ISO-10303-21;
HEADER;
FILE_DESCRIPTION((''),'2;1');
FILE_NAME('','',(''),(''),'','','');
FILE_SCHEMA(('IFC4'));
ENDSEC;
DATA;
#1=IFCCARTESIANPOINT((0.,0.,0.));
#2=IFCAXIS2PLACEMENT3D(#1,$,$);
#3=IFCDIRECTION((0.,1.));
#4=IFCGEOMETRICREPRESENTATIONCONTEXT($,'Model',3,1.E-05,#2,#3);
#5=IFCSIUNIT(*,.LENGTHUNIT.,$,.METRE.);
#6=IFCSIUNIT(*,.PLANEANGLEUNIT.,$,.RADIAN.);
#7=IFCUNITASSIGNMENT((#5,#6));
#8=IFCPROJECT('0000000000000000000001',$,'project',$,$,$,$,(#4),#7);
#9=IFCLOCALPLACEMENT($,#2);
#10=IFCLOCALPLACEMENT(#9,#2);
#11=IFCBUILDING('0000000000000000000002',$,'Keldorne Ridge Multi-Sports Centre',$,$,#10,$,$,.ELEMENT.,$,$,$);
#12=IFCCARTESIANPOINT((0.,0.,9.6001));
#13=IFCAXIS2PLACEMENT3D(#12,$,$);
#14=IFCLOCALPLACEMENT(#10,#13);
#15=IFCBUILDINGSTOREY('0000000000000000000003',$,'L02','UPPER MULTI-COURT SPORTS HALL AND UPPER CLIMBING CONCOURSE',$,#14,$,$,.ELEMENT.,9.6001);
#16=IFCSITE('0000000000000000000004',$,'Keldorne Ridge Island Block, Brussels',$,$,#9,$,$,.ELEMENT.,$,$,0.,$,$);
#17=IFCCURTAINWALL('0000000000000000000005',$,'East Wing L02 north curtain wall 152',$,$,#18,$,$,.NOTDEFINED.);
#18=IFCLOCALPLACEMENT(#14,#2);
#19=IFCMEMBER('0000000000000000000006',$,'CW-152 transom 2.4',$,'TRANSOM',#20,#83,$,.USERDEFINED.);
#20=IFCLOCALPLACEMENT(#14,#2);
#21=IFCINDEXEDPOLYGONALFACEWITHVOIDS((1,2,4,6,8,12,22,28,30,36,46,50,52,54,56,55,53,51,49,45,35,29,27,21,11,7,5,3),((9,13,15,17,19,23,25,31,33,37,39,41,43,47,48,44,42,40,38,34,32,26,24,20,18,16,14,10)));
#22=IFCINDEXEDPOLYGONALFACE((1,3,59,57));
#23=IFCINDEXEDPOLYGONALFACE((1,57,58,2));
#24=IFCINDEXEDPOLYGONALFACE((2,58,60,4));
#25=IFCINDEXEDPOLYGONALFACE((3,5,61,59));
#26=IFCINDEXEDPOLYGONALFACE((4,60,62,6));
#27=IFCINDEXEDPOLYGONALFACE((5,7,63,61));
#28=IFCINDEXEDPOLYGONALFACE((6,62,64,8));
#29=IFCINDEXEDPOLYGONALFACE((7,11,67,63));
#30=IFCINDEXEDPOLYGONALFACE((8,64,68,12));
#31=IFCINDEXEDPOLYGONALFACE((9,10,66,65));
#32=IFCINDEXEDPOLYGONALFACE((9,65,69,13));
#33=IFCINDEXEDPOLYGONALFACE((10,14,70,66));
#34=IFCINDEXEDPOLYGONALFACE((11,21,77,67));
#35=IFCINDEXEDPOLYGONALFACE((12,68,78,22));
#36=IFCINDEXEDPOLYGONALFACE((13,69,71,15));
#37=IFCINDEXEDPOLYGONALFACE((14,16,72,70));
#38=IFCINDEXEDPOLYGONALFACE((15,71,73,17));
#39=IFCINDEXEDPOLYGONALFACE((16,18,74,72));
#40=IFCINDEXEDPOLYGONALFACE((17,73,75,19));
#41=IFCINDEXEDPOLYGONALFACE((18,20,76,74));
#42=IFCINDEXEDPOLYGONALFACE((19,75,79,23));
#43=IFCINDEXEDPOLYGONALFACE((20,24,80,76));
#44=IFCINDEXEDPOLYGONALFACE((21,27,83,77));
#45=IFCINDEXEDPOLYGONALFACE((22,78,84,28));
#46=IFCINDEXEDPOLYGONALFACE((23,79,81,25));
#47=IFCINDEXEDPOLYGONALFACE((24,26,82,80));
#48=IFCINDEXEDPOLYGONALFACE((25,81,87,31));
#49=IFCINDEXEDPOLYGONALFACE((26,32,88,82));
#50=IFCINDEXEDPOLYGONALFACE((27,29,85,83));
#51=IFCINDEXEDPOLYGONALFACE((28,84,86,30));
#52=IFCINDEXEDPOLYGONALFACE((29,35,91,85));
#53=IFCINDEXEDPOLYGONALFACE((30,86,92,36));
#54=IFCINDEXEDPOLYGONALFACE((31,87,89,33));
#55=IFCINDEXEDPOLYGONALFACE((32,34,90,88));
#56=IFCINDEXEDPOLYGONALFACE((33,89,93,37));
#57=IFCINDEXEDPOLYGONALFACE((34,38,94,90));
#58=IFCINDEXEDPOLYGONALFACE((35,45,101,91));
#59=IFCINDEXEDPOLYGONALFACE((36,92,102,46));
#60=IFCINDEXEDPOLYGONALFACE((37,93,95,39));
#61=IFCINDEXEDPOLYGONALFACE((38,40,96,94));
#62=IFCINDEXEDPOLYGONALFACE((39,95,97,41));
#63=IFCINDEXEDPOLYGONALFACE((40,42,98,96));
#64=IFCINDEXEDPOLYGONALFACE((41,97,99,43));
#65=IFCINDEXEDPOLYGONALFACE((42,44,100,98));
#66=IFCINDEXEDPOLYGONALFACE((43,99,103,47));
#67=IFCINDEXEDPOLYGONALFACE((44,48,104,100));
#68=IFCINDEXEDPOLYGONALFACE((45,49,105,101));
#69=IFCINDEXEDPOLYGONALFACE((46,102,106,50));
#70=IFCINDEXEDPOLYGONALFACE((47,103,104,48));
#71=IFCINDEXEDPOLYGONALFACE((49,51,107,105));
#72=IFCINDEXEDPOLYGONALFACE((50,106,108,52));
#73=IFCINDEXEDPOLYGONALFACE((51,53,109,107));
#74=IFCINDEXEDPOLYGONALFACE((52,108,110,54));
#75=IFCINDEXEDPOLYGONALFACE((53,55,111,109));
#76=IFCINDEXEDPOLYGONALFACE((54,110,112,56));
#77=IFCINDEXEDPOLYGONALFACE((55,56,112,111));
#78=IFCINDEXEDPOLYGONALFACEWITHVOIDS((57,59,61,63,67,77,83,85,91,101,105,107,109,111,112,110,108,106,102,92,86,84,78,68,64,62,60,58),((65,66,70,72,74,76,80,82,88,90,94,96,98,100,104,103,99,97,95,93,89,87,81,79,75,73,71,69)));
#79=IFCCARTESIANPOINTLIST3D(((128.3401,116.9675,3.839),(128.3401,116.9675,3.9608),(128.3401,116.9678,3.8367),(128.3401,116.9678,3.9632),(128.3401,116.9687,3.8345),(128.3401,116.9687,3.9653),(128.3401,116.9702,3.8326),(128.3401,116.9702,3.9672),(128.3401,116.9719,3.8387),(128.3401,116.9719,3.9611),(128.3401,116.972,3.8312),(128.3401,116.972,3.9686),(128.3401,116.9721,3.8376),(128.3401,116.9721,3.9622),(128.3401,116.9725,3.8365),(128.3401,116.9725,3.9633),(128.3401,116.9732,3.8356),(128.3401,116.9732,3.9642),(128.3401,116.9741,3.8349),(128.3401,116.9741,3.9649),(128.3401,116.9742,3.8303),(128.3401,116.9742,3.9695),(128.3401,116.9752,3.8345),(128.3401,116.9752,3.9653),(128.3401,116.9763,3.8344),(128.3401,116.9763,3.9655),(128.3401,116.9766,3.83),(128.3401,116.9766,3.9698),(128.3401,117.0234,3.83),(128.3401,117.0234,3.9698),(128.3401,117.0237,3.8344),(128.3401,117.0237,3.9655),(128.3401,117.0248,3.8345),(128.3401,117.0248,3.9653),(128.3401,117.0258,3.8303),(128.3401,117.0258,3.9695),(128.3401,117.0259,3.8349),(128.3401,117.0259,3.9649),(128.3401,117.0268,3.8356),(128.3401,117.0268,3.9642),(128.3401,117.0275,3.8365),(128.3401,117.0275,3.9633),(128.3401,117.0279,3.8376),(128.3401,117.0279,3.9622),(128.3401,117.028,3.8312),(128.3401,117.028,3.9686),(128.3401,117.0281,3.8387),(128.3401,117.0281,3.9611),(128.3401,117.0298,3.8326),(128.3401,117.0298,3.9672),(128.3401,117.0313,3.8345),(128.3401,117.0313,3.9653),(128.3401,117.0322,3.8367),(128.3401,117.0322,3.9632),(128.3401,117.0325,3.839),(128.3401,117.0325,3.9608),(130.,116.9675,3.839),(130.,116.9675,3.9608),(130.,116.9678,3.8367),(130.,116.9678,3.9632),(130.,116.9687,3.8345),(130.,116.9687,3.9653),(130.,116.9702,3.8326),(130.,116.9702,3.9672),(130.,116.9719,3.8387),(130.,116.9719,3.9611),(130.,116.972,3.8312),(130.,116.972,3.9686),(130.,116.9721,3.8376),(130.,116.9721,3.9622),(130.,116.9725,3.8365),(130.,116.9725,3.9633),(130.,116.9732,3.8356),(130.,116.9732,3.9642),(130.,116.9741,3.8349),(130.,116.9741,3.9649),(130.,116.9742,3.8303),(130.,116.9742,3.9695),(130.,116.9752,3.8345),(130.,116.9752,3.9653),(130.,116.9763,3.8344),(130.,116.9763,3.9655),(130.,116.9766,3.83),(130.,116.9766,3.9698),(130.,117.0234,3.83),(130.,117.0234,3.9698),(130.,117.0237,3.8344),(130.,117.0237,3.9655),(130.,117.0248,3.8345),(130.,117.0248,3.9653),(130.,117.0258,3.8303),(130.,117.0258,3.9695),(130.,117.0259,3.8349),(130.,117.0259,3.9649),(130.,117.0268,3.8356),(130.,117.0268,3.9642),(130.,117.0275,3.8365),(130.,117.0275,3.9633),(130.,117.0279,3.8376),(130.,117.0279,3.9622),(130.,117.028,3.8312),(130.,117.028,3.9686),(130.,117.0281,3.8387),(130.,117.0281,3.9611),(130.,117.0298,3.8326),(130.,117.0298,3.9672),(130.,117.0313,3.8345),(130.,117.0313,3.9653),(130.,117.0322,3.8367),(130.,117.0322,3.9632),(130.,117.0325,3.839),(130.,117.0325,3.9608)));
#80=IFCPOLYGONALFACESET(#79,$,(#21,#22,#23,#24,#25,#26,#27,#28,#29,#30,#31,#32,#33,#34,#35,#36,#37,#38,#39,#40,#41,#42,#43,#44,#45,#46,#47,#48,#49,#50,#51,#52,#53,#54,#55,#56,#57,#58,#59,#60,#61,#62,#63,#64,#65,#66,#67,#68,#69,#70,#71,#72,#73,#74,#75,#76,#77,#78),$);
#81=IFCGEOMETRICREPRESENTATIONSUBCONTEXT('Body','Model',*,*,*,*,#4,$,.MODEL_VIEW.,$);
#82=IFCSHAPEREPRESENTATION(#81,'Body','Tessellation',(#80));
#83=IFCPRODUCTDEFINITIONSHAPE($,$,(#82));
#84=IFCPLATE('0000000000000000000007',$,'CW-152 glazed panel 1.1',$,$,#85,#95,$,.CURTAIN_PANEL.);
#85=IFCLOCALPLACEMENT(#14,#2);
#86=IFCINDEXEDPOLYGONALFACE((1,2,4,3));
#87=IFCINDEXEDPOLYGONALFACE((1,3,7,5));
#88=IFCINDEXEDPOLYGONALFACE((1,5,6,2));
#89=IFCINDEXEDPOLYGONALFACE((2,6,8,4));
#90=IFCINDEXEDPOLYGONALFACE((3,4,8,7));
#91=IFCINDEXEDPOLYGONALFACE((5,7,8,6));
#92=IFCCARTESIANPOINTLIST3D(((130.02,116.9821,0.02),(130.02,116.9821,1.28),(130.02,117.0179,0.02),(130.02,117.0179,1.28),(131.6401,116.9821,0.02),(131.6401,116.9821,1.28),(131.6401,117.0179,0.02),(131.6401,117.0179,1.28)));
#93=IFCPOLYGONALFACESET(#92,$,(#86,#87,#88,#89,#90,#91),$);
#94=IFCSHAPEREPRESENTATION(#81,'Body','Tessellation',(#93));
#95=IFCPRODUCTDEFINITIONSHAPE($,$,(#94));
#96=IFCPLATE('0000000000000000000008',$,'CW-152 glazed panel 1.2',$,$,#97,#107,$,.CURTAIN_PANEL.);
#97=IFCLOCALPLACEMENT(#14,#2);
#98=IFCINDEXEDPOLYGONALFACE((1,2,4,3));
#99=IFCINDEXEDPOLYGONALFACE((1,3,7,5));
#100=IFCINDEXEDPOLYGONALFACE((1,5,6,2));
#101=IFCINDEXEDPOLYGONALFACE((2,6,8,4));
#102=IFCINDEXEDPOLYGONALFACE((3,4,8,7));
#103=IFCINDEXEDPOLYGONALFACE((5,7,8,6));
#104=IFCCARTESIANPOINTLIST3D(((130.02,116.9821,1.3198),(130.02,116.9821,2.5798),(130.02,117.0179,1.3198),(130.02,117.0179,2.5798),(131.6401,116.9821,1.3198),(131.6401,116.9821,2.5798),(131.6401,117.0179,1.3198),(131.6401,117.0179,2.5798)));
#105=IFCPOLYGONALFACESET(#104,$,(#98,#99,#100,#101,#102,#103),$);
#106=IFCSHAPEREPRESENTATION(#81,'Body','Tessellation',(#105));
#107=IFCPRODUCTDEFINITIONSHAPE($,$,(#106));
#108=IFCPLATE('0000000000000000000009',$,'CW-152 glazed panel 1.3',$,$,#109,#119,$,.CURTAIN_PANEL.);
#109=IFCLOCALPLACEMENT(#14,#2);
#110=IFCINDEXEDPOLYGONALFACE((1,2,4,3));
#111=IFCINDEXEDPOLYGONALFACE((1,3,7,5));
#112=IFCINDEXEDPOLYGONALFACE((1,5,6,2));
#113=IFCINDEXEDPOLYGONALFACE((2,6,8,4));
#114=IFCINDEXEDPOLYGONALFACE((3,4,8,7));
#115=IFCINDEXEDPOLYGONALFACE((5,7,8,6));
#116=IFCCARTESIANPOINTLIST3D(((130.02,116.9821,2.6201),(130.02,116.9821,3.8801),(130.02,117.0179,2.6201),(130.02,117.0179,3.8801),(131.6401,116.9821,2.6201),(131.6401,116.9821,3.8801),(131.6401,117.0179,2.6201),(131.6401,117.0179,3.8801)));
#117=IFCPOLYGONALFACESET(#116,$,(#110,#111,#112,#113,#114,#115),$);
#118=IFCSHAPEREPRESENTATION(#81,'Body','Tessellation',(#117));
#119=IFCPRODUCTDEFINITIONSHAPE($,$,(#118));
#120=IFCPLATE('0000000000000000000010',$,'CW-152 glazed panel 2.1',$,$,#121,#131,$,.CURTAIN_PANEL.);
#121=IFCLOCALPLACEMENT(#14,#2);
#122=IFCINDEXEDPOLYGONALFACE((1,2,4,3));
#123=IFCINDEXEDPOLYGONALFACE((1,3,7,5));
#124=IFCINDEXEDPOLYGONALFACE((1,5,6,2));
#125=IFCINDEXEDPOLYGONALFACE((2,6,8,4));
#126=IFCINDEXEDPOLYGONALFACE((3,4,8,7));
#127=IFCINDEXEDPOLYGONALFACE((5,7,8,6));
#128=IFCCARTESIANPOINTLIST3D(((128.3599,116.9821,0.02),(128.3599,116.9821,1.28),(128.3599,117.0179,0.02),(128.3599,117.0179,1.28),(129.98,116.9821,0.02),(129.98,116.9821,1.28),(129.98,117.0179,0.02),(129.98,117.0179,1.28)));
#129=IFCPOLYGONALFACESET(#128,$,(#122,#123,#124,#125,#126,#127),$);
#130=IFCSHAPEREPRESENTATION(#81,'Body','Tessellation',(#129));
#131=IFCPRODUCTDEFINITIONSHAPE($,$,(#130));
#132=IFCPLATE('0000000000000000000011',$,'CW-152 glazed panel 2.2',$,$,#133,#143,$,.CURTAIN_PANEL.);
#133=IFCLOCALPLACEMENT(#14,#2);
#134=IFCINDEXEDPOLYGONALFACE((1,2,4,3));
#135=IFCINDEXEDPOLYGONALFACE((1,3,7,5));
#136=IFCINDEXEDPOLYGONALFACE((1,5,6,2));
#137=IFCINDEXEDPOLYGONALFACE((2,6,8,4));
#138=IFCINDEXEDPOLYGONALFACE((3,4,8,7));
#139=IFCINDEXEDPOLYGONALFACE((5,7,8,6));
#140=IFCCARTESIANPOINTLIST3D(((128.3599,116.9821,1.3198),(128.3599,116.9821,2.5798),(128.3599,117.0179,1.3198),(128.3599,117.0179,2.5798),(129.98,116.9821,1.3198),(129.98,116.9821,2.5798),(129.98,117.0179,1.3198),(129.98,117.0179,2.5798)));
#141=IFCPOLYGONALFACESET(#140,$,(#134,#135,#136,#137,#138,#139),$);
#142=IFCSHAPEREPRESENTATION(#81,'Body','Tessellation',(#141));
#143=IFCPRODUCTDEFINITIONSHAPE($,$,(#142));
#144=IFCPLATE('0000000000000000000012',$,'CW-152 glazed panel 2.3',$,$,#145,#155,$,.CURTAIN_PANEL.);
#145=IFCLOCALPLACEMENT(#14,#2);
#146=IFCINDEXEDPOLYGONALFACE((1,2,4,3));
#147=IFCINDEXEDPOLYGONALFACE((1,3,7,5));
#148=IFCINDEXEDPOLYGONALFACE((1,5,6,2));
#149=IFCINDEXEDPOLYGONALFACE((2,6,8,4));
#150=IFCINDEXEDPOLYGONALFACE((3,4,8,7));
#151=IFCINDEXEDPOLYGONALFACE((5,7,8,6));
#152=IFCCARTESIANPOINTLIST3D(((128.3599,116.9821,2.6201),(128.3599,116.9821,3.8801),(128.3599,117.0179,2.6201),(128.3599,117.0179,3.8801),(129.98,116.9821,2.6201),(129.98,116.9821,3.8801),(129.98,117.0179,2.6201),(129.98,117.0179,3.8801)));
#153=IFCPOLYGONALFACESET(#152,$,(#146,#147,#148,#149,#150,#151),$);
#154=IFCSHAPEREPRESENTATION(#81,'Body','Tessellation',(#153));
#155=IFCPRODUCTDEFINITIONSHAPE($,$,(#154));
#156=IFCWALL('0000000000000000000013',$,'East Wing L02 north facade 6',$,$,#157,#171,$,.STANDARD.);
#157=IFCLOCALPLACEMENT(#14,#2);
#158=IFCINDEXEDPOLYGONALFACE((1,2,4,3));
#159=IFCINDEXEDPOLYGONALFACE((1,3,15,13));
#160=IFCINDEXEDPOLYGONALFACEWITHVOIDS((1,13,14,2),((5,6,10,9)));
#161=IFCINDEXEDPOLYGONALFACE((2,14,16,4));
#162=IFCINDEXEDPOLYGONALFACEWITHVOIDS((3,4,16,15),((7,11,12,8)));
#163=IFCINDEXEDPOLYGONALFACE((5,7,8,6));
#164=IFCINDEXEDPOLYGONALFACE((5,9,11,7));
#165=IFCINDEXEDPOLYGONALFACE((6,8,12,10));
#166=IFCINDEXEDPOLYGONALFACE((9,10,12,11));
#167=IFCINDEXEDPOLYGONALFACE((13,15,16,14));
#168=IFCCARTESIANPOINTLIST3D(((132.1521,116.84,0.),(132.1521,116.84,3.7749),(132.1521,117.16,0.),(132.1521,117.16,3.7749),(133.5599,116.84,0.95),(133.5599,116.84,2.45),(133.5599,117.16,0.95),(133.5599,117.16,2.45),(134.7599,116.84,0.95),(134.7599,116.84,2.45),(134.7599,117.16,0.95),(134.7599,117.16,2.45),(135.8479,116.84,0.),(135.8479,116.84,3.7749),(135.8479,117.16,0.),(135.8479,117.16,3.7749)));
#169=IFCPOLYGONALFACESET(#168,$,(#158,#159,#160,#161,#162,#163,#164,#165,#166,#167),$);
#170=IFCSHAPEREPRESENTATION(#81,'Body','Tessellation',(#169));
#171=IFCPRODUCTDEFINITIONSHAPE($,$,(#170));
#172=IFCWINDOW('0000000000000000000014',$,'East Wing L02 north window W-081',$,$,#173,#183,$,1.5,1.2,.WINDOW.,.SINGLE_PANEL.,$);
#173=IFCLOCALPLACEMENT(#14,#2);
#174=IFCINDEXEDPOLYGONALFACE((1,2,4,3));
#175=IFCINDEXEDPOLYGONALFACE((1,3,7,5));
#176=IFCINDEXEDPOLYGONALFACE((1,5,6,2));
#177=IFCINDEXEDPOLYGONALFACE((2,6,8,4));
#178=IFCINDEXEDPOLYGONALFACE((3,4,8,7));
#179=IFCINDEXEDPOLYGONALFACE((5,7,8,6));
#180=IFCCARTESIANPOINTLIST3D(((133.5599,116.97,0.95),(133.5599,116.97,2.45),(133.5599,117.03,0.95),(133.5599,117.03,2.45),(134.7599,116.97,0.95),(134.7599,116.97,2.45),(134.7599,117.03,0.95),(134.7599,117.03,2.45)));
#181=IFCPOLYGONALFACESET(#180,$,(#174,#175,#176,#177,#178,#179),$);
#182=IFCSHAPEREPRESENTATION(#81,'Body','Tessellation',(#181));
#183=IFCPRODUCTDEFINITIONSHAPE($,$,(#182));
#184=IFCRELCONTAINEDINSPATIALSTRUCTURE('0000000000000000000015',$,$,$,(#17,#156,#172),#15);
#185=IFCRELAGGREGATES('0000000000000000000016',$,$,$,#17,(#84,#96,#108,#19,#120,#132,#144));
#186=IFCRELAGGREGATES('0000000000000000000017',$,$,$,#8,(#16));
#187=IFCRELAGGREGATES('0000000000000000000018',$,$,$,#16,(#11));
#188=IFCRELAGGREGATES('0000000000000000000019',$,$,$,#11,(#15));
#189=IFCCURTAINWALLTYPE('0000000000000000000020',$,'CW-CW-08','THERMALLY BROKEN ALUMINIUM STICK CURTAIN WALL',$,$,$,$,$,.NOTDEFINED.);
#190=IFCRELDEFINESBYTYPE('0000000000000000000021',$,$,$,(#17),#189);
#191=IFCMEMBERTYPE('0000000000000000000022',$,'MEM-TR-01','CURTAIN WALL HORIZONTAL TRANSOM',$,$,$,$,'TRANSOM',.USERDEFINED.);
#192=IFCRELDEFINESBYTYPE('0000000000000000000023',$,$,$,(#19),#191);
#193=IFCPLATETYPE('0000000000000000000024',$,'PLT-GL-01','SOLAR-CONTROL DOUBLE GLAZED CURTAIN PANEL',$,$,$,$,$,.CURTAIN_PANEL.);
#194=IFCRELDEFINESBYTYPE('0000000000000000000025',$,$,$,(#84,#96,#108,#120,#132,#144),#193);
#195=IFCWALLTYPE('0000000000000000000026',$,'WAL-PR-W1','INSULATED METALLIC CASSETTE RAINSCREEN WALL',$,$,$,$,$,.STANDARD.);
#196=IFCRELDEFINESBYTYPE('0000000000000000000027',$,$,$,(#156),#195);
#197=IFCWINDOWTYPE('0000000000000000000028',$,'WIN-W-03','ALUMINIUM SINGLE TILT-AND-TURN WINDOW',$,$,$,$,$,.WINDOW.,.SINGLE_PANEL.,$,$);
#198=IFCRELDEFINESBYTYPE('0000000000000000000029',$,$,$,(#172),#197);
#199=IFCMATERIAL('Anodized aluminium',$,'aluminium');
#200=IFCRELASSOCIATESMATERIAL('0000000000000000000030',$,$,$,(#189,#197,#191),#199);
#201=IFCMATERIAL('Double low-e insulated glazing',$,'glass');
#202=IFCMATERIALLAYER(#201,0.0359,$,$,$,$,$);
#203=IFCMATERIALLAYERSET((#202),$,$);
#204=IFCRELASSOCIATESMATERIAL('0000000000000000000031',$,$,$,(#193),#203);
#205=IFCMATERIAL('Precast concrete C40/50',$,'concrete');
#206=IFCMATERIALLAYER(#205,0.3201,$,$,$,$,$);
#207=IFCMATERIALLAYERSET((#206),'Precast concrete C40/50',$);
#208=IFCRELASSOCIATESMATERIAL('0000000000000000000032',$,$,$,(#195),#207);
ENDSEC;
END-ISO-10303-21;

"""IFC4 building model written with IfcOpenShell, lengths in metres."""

from ifc_helpers import new_model, si_unit, direction, frame, frame_2d, origin, origin_2d, place, context, subcontext, project, spatial, rectangle, hollow_rectangle, extrude, material, layer, layer_set, material_profile, profile_set, type_object, element, fill, aggregate, save


model = new_model("IFC4")

# Units and contexts
model_context = context("Model", 3, precision=1e-05, world=origin(), true_north=direction((0.0, 1.0)))
body_context = subcontext(model_context, "Body", "Model", "MODEL_VIEW")
ifc_project = project(units=[si_unit("LENGTHUNIT", "METRE"), si_unit("PLANEANGLEUNIT", "RADIAN")], contexts=[model_context])

# Site, building, storey
site_placement = place(None, origin())
site = spatial("IfcSite", under=ifc_project, at=site_placement, Name="Keldorne Ridge Island Block, Brussels", CompositionType="ELEMENT", RefElevation=0.0)
building_placement = place(site_placement, origin())
building = spatial("IfcBuilding", under=site, at=building_placement, Name="Keldorne Ridge Multi-Sports Centre", CompositionType="ELEMENT")
storey_placement = place(building_placement, frame((0.0, 0.0, 9.6001)))
storey = spatial("IfcBuildingStorey", under=building, at=storey_placement, Name="L02", Description="UPPER MULTI-COURT SPORTS HALL AND UPPER CLIMBING CONCOURSE", CompositionType="ELEMENT", Elevation=9.6001)

# Curtain wall, member, plates
ifc_material_1 = material(Name="Anodized aluminium", Category="aluminium")
curtain_wall_type = type_object("IfcCurtainWallType", Name="CW-CW-08", Description="THERMALLY BROKEN ALUMINIUM STICK CURTAIN WALL", PredefinedType="NOTDEFINED", material=ifc_material_1)
curtain_wall_placement = place(storey_placement, origin())
curtain_wall = element("IfcCurtainWall", 1, at=curtain_wall_placement, inside=storey, type_object=curtain_wall_type, Name="East Wing L02 north curtain wall 152", PredefinedType="NOTDEFINED")
ifc_material_profile_1 = material_profile(ifc_material_1, hollow_rectangle(XDim=0.0649, YDim=0.1399, WallThickness=0.0044, InnerFilletRadius=0.0044, OuterFilletRadius=0.009, at=origin_2d()), Name="ALU TRANSOM 140x65x4.5")
ifc_profile_set_1 = profile_set([ifc_material_profile_1], Name="Anodized aluminium")
member_type_1 = type_object("IfcMemberType", Name="MEM-TR-01", Description="CURTAIN WALL HORIZONTAL TRANSOM", ElementType="TRANSOM", PredefinedType="USERDEFINED", material=ifc_profile_set_1)
member_1_placement = place(storey_placement, frame((130.0, 117.0, 3.8999), z_axis=(-1.0, 0.0, 0.0), x_axis=(0.0, -1.0, 0.0)))
member_1 = element("IfcMember", 2, at=member_1_placement, type_object=member_type_1, Name="CW-152 transom 2.4", ObjectType="TRANSOM", PredefinedType="USERDEFINED", context=body_context, shape_type="SweptSolid", body=[
    extrude(hollow_rectangle(XDim=0.0649, YDim=0.1399, WallThickness=0.0044, InnerFilletRadius=0.0044, OuterFilletRadius=0.009, at=origin_2d()), origin(), (0.0, 0.0, 1.0), 1.6599),
])
ifc_material_2 = material(Name="Double low-e insulated glazing", Category="glass")
ifc_layer_1 = layer(ifc_material_2, 0.0359)
ifc_layer_set_1 = layer_set([ifc_layer_1])
plate_type = type_object("IfcPlateType", Name="PLT-GL-01", Description="SOLAR-CONTROL DOUBLE GLAZED CURTAIN PANEL", PredefinedType="CURTAIN_PANEL", material=ifc_layer_set_1)
plate_1_placement = place(storey_placement, frame((130.8301, 117.0, 0.02), z_axis=(0.0, 0.0, 1.0), x_axis=(-1.0, 0.0, 0.0)))
plate_1 = element("IfcPlate", 3, at=plate_1_placement, type_object=plate_type, Name="CW-152 glazed panel 1.1", PredefinedType="CURTAIN_PANEL", context=body_context, shape_type="SweptSolid", body=[
    extrude(rectangle(XDim=1.6201, YDim=0.0359, at=origin_2d()), origin(), (0.0, 0.0, 1.0), 1.26),
])
plate_2_placement = place(storey_placement, frame((130.8301, 117.0, 1.3198), z_axis=(0.0, 0.0, 1.0), x_axis=(-1.0, 0.0, 0.0)))
plate_2 = element("IfcPlate", 4, at=plate_2_placement, type_object=plate_type, Name="CW-152 glazed panel 1.2", PredefinedType="CURTAIN_PANEL", context=body_context, shape_type="SweptSolid", body=[
    extrude(rectangle(XDim=1.6201, YDim=0.0359, at=origin_2d()), origin(), (0.0, 0.0, 1.0), 1.26),
])
plate_3_placement = place(storey_placement, frame((130.8301, 117.0, 2.6201), z_axis=(0.0, 0.0, 1.0), x_axis=(-1.0, 0.0, 0.0)))
plate_3 = element("IfcPlate", 5, at=plate_3_placement, type_object=plate_type, Name="CW-152 glazed panel 1.3", PredefinedType="CURTAIN_PANEL", context=body_context, shape_type="SweptSolid", body=[
    extrude(rectangle(XDim=1.6201, YDim=0.0359, at=origin_2d()), origin(), (0.0, 0.0, 1.0), 1.26),
])
plate_4_placement = place(storey_placement, frame((129.1699, 117.0, 0.02), z_axis=(0.0, 0.0, 1.0), x_axis=(-1.0, 0.0, 0.0)))
plate_4 = element("IfcPlate", 6, at=plate_4_placement, type_object=plate_type, Name="CW-152 glazed panel 2.1", PredefinedType="CURTAIN_PANEL", context=body_context, shape_type="SweptSolid", body=[
    extrude(rectangle(XDim=1.6201, YDim=0.0359, at=origin_2d()), origin(), (0.0, 0.0, 1.0), 1.26),
])
plate_5_placement = place(storey_placement, frame((129.1699, 117.0, 1.3198), z_axis=(0.0, 0.0, 1.0), x_axis=(-1.0, 0.0, 0.0)))
plate_5 = element("IfcPlate", 7, at=plate_5_placement, type_object=plate_type, Name="CW-152 glazed panel 2.2", PredefinedType="CURTAIN_PANEL", context=body_context, shape_type="SweptSolid", body=[
    extrude(rectangle(XDim=1.6201, YDim=0.0359, at=origin_2d()), origin(), (0.0, 0.0, 1.0), 1.26),
])
plate_6_placement = place(storey_placement, frame((129.1699, 117.0, 2.6201), z_axis=(0.0, 0.0, 1.0), x_axis=(-1.0, 0.0, 0.0)))
plate_6 = element("IfcPlate", 8, at=plate_6_placement, type_object=plate_type, Name="CW-152 glazed panel 2.3", PredefinedType="CURTAIN_PANEL", context=body_context, shape_type="SweptSolid", body=[
    extrude(rectangle(XDim=1.6201, YDim=0.0359, at=origin_2d()), origin(), (0.0, 0.0, 1.0), 1.26),
])
aggregate(curtain_wall, [plate_1, plate_2, plate_3, member_1, plate_4, plate_5, plate_6])

# Wall, opening, window
ifc_material_3 = material(Name="Precast concrete C40/50", Category="concrete")
ifc_layer_2 = layer(ifc_material_3, 0.3201)
ifc_layer_set_2 = layer_set([ifc_layer_2], Name="Precast concrete C40/50")
wall_type = type_object("IfcWallType", Name="WAL-PR-W1", Description="INSULATED METALLIC CASSETTE RAINSCREEN WALL", PredefinedType="STANDARD", material=ifc_layer_set_2)
wall_1_placement = place(storey_placement, frame((135.8479, 117.0, 0.0), z_axis=(0.0, 0.0, 1.0), x_axis=(-1.0, 0.0, 0.0)))
wall_1 = element("IfcWall", 9, at=wall_1_placement, inside=storey, type_object=wall_type, Name="East Wing L02 north facade 6", PredefinedType="STANDARD", context=body_context, shape_type="SweptSolid", body=[
    extrude(rectangle(XDim=3.6958, YDim=0.3201, at=frame_2d((1.8479, 0.0))), origin(), (0.0, 0.0, 1.0), 3.7749),
])
opening_1_placement = place(wall_1_placement, frame((1.0879, 0.0, 0.95)))
opening_1 = element("IfcOpeningElement", 10, at=opening_1_placement, cuts=wall_1, PredefinedType="OPENING", context=body_context, shape_type="SweptSolid", body=[
    extrude(rectangle(XDim=1.2, YDim=1.5, at=frame_2d((0.6001, 0.75))), frame((0.0, 0.1699, 0.0), z_axis=(0.0, -1.0, 0.0), x_axis=(1.0, 0.0, 0.0)), (0.0, 0.0, 1.0), 0.3401),
])
window_type = type_object("IfcWindowType", Name="WIN-W-03", Description="ALUMINIUM SINGLE TILT-AND-TURN WINDOW", PartitioningType="SINGLE_PANEL", PredefinedType="WINDOW", material=ifc_material_1)
window_1_placement = place(opening_1_placement, origin())
window_1 = element("IfcWindow", 11, at=window_1_placement, inside=storey, type_object=window_type, Name="East Wing L02 north window W-081", OverallHeight=1.5, OverallWidth=1.2, PartitioningType="SINGLE_PANEL", PredefinedType="WINDOW", context=body_context, shape_type="SweptSolid", body=[
    extrude(rectangle(XDim=1.2, YDim=1.5, at=frame_2d((0.6001, 0.75))), frame((0.0, 0.03, 0.0), z_axis=(0.0, -1.0, 0.0), x_axis=(1.0, 0.0, 0.0)), (0.0, 0.0, 1.0), 0.0601),
])
fill(opening_1, window_1)

save(model, "model.ifc")
